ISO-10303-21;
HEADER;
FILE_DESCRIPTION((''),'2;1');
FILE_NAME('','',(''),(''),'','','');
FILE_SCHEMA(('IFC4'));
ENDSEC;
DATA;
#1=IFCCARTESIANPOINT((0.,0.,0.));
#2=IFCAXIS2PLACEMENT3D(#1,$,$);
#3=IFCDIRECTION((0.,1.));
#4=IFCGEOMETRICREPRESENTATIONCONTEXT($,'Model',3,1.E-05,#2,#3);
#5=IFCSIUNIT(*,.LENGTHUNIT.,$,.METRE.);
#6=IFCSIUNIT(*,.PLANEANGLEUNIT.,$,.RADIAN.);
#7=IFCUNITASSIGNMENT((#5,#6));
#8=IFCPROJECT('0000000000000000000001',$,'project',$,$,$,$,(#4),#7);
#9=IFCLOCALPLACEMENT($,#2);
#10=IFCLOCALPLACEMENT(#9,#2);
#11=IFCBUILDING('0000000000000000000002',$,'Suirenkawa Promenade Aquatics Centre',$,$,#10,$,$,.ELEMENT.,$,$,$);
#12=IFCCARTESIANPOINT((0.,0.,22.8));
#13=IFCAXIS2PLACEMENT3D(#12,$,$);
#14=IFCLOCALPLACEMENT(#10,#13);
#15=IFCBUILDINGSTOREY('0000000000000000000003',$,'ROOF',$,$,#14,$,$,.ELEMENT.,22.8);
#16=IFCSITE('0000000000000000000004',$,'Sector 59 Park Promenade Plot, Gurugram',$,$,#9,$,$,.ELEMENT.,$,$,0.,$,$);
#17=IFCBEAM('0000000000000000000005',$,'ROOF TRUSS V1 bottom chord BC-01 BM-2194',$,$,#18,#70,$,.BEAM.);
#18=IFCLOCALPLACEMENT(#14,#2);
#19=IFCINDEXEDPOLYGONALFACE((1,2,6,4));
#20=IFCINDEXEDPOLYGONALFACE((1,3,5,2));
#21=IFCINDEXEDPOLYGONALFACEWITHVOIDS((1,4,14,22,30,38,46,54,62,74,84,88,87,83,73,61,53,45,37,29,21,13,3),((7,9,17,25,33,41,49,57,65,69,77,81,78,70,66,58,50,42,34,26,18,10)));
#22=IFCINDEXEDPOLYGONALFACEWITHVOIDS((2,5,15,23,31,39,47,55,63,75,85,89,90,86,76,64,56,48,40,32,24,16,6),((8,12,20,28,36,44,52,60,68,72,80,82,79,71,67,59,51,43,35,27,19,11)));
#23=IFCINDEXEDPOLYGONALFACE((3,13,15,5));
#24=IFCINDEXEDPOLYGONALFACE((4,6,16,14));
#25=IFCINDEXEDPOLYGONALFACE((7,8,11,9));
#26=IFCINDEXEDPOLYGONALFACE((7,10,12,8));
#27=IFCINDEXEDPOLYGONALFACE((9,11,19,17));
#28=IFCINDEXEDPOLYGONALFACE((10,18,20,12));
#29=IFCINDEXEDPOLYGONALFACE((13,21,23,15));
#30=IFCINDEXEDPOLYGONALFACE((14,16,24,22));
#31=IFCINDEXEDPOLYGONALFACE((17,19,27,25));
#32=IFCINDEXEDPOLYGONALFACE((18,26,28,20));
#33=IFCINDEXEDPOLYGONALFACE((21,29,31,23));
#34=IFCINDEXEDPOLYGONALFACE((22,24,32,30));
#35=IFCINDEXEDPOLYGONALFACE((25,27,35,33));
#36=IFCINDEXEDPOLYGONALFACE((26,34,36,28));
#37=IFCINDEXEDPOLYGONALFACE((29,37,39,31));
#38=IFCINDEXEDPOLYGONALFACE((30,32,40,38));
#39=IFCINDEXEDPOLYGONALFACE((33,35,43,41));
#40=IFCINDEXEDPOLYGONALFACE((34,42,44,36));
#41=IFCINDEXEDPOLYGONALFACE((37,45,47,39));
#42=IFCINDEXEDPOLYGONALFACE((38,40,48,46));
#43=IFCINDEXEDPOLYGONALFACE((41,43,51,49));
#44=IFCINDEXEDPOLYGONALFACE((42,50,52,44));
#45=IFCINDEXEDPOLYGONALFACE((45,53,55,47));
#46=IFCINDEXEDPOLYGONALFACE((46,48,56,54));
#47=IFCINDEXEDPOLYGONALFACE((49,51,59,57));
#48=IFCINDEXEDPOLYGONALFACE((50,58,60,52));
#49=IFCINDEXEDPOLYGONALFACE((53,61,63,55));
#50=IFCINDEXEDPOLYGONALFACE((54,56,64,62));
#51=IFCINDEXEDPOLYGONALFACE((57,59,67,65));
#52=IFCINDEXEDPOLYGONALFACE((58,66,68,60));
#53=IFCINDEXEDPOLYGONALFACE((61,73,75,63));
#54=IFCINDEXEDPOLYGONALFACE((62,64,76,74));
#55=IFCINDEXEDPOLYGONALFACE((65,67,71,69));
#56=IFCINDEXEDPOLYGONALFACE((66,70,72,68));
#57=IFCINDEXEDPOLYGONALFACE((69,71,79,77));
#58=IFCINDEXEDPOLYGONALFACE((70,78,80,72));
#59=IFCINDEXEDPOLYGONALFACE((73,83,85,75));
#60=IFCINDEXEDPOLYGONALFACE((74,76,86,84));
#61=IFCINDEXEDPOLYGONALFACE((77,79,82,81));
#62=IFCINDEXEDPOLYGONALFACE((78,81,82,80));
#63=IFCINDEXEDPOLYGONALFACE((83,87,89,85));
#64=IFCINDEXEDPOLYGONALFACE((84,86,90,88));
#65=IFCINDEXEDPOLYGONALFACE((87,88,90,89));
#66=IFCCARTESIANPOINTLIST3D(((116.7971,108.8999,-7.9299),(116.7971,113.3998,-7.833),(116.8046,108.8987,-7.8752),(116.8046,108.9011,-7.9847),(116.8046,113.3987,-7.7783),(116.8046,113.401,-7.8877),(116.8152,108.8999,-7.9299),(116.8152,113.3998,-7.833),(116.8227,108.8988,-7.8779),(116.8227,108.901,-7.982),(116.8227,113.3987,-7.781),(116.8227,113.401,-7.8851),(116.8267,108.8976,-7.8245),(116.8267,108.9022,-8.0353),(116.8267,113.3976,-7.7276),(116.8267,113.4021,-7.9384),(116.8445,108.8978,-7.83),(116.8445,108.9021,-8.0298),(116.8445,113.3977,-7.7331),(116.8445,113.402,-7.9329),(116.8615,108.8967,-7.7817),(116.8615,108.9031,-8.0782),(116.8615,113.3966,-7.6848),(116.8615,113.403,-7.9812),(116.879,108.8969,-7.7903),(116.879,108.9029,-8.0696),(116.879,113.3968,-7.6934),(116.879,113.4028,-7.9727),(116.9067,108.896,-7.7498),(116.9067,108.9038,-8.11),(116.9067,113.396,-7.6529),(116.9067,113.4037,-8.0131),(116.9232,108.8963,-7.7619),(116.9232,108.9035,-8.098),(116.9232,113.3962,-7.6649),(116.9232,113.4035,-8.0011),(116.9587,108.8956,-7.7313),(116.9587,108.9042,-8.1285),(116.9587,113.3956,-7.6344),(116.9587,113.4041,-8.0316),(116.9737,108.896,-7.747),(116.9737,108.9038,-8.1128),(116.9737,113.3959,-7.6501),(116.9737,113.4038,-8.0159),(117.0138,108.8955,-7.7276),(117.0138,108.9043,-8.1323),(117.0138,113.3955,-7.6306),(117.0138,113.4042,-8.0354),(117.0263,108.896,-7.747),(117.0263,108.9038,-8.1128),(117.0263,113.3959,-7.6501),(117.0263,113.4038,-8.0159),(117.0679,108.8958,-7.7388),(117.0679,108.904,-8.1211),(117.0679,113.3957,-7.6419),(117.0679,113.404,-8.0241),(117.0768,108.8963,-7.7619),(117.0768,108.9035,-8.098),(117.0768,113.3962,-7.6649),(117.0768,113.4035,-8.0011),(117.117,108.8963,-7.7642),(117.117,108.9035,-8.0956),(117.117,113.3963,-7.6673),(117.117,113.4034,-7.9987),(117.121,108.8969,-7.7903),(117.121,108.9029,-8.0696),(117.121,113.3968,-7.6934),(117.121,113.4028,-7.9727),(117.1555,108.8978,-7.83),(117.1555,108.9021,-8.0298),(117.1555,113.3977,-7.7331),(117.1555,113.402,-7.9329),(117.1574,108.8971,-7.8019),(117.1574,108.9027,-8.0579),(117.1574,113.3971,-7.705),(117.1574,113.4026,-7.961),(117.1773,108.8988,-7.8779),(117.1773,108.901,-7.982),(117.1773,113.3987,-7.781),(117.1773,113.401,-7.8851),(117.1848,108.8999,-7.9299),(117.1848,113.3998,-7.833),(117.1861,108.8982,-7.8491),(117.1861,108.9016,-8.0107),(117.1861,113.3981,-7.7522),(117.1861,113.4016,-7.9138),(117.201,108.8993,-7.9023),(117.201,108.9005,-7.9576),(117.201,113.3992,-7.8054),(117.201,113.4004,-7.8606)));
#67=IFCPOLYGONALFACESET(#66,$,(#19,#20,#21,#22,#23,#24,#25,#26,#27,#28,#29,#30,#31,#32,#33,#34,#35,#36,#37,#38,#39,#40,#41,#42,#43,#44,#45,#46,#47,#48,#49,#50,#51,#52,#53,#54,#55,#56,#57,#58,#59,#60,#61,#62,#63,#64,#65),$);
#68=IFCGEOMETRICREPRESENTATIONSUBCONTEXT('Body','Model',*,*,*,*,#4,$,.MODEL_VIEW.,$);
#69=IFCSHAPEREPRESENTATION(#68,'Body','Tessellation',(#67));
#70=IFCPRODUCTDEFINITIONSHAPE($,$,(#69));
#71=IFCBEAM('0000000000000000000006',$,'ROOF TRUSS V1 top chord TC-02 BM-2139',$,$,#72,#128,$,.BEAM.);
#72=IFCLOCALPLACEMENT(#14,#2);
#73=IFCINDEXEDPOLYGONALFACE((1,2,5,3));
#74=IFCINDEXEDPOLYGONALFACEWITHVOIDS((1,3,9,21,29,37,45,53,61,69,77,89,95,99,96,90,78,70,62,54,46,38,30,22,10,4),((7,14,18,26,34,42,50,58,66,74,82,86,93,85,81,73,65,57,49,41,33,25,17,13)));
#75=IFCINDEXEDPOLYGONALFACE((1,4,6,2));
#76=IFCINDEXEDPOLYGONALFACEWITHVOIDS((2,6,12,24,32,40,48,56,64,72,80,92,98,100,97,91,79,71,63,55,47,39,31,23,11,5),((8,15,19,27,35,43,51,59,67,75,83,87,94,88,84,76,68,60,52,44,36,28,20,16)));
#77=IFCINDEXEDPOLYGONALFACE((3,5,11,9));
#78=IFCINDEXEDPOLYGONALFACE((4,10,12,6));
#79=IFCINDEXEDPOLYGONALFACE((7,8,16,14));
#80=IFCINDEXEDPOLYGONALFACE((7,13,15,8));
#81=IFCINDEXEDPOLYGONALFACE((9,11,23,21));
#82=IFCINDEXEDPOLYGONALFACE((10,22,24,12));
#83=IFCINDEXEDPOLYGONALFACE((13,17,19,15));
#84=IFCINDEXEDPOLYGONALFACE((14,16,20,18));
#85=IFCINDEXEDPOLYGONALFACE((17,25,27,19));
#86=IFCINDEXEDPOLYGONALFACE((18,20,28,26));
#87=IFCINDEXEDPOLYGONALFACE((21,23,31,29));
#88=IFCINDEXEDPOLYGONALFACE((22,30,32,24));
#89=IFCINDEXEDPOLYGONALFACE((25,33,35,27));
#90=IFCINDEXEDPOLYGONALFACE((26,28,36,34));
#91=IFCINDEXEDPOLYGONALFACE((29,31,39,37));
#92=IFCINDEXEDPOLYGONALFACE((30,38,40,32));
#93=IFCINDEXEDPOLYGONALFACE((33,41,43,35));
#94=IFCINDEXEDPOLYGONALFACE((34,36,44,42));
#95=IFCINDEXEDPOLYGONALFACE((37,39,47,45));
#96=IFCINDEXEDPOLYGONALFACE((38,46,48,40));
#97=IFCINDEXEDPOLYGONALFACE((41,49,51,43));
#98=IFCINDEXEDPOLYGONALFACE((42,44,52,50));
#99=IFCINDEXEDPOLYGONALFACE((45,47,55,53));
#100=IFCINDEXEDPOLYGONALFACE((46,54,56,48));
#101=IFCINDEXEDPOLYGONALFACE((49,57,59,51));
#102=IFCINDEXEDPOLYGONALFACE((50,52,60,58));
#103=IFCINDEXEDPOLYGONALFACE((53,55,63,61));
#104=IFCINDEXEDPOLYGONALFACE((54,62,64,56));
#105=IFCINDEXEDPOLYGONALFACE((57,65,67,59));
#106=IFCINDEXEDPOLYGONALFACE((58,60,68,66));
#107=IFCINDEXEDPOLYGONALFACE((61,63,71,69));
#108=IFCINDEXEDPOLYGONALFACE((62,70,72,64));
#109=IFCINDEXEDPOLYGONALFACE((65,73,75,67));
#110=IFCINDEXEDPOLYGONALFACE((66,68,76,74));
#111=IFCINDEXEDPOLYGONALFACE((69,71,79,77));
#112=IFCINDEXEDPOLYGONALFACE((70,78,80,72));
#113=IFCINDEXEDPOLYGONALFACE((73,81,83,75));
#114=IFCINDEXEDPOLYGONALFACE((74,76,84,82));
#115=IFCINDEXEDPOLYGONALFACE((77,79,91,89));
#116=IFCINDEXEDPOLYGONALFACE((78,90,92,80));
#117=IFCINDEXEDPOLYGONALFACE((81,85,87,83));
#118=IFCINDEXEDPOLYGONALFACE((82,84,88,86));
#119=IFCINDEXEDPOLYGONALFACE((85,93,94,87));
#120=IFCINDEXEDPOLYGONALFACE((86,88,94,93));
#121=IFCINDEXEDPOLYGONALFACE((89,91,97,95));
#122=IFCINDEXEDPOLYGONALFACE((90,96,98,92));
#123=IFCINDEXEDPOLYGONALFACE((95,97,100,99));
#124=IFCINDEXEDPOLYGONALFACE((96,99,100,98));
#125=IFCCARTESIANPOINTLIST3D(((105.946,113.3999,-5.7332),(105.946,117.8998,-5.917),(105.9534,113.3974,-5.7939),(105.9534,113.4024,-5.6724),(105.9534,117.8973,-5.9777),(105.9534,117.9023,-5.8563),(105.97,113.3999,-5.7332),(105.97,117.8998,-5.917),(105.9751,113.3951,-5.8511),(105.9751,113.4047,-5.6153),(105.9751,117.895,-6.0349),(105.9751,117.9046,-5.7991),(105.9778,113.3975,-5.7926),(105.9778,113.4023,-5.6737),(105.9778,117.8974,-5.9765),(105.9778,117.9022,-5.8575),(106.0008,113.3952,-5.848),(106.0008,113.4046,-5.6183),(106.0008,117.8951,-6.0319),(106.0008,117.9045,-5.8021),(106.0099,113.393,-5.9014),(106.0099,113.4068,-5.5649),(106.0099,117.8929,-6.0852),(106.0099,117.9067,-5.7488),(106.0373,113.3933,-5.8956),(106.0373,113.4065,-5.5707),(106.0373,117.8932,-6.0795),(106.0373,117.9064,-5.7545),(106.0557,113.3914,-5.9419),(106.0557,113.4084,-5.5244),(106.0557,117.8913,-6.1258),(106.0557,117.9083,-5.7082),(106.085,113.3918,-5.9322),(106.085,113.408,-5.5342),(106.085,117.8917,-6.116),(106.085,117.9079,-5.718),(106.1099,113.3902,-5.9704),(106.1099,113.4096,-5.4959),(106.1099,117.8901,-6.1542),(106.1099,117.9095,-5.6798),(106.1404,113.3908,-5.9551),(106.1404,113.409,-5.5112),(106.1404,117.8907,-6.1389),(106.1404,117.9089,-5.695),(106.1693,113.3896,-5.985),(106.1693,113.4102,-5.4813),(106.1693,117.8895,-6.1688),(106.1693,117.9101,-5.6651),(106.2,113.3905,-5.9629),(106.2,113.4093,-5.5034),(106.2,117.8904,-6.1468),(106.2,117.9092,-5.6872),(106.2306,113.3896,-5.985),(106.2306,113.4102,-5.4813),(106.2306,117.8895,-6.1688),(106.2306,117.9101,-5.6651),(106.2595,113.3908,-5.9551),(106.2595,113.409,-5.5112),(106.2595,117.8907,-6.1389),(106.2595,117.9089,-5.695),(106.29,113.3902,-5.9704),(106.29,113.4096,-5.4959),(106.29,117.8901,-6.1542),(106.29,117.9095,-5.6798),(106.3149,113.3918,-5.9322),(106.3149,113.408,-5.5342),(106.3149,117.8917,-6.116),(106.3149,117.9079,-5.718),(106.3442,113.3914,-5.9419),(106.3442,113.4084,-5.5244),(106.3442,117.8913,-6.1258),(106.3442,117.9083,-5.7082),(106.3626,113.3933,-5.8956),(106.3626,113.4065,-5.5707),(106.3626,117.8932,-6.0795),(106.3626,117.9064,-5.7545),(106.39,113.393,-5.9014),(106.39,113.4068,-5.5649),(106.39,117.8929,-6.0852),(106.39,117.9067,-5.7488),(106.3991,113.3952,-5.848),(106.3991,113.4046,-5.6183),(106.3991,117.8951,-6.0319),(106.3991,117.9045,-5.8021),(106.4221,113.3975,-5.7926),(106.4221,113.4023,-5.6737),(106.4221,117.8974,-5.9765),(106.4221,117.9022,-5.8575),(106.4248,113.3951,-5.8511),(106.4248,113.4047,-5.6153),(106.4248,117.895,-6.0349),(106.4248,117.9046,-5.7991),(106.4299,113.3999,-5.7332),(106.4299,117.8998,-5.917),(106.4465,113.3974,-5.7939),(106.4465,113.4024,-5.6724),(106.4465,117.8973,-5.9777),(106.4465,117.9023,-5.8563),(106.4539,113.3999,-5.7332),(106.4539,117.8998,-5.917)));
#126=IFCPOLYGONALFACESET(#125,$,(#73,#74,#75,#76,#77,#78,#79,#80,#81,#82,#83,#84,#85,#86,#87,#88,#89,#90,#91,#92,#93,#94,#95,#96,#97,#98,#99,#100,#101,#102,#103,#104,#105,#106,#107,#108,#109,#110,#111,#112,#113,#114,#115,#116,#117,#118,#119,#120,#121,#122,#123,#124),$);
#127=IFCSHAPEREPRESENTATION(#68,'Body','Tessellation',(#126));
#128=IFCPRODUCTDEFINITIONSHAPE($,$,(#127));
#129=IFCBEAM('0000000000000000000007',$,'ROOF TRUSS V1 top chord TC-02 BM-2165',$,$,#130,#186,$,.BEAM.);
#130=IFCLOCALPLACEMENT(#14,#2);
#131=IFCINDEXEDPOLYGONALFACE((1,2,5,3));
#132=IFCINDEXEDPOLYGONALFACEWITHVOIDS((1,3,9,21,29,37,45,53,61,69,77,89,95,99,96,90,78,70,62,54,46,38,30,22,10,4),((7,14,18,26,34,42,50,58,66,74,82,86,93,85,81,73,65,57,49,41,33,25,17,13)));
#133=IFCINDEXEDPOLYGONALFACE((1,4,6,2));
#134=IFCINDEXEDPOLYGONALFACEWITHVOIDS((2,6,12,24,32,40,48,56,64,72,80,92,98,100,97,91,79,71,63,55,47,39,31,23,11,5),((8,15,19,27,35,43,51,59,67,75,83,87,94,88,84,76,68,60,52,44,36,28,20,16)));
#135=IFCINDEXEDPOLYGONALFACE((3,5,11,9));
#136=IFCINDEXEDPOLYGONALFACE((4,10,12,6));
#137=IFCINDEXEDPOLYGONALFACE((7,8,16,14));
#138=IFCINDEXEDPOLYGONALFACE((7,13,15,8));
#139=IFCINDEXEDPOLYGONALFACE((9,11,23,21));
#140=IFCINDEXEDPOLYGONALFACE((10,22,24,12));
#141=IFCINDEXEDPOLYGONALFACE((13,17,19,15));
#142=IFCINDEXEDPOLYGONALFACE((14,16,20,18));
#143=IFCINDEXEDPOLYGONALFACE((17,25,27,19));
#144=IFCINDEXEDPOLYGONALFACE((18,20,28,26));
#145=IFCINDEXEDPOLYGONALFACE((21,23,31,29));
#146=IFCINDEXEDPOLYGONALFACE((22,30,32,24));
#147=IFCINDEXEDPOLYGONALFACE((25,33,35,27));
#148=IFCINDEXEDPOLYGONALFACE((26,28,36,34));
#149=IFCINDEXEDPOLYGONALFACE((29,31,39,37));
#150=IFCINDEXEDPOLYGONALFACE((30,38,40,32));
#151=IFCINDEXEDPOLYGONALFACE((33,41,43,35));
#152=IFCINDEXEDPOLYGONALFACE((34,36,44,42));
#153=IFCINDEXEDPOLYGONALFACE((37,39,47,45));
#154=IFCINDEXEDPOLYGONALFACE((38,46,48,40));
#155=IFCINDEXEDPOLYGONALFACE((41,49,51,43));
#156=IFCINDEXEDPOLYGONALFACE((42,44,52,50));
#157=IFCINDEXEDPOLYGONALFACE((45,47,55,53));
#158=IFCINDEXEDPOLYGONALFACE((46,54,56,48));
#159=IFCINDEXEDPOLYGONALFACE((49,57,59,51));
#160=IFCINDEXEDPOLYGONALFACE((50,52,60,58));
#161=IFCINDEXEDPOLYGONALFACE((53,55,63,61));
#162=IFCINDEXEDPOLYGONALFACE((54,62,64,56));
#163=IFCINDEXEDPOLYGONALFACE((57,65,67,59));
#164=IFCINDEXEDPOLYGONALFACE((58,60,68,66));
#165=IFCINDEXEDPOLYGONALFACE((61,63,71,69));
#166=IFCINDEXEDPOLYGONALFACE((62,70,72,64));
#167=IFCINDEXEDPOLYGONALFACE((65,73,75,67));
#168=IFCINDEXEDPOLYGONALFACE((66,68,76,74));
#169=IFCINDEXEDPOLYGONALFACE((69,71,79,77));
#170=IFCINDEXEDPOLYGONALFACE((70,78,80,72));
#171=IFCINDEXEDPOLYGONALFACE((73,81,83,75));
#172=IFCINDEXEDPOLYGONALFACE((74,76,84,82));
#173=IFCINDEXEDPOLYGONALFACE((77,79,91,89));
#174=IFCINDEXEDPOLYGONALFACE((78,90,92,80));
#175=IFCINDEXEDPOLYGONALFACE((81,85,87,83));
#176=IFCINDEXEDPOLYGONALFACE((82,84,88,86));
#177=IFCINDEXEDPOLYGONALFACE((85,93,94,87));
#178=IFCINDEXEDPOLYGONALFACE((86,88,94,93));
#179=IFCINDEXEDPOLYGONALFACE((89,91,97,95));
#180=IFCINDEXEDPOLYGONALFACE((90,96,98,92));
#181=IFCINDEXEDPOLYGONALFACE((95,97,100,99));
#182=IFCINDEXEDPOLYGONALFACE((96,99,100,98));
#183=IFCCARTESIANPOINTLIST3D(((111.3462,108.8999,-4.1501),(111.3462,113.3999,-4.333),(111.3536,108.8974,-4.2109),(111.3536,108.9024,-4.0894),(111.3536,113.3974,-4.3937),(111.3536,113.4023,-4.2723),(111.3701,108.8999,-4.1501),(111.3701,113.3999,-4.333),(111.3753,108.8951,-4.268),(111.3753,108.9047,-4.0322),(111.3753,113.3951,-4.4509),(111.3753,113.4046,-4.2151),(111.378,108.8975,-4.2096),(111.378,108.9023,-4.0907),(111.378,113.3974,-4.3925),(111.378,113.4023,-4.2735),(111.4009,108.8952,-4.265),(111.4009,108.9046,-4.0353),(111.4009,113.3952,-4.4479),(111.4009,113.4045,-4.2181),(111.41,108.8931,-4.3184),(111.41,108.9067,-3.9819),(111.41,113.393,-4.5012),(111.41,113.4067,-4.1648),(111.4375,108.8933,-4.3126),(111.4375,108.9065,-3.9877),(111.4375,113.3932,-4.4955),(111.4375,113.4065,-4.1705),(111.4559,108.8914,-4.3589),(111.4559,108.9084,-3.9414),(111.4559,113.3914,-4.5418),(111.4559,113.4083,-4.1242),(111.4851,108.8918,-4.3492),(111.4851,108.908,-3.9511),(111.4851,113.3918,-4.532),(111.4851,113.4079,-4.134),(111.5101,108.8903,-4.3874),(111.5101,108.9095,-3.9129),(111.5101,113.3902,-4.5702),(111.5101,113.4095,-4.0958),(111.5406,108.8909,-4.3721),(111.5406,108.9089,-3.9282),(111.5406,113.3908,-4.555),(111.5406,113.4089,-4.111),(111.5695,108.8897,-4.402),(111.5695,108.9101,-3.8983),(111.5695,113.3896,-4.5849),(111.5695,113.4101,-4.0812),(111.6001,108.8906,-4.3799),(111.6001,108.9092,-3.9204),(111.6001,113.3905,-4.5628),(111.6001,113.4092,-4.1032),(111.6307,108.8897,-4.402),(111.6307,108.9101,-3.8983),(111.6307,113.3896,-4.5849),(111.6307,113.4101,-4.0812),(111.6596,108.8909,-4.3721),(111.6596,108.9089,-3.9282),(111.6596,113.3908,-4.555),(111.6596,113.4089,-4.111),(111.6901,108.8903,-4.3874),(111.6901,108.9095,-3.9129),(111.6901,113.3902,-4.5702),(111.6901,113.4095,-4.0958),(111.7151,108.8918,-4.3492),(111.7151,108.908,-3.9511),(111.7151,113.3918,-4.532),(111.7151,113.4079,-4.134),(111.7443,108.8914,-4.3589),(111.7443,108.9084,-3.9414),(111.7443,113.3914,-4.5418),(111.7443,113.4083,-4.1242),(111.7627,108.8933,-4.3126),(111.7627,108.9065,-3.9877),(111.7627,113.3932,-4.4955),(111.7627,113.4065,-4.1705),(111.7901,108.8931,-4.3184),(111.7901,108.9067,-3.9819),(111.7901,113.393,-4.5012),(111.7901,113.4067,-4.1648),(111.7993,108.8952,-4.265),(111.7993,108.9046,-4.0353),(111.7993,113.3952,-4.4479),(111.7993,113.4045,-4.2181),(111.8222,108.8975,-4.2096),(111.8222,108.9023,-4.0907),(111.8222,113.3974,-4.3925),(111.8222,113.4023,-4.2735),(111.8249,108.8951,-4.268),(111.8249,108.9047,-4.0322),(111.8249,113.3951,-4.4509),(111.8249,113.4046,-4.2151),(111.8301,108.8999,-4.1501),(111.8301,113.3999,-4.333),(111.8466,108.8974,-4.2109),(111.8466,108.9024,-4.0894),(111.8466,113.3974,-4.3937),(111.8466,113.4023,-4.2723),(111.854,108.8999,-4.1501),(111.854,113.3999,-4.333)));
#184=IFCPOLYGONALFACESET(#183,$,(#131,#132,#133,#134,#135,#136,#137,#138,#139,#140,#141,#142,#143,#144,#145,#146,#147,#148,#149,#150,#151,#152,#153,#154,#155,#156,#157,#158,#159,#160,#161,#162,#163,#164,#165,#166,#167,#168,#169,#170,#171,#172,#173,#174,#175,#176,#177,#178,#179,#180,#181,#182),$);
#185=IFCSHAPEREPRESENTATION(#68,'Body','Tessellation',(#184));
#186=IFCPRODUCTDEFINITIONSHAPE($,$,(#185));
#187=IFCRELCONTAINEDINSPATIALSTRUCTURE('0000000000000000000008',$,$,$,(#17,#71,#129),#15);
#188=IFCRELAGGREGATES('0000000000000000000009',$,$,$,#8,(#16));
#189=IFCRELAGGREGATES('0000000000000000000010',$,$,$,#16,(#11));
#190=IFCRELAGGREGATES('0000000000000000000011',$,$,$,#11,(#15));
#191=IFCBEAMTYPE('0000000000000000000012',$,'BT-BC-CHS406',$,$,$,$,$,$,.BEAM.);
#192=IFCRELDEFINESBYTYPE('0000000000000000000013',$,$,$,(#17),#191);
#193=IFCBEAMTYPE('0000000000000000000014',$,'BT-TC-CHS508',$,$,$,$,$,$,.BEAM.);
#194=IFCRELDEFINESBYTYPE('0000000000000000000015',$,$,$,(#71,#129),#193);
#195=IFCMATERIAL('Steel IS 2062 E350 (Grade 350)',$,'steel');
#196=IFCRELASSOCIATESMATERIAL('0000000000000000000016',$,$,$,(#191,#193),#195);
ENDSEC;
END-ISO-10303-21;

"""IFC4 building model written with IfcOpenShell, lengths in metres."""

from ifc_helpers import new_model, si_unit, direction, frame, origin, origin_2d, place, context, subcontext, project, spatial, hollow_circle, extrude, material, material_profile, profile_set, type_object, element, save


model = new_model("IFC4")

# Units and contexts
model_context = context("Model", 3, precision=1e-05, world=origin(), true_north=direction((0.0, 1.0)))
body_context = subcontext(model_context, "Body", "Model", "MODEL_VIEW")
ifc_project = project(units=[si_unit("LENGTHUNIT", "METRE"), si_unit("PLANEANGLEUNIT", "RADIAN")], contexts=[model_context])

# Site, building, storey
site_placement = place(None, origin())
site = spatial("IfcSite", under=ifc_project, at=site_placement, Name="Sector 59 Park Promenade Plot, Gurugram", CompositionType="ELEMENT", RefElevation=0.0)
building_placement = place(site_placement, origin())
building = spatial("IfcBuilding", under=site, at=building_placement, Name="Suirenkawa Promenade Aquatics Centre", CompositionType="ELEMENT")
storey_placement = place(building_placement, frame((0.0, 0.0, 22.8)))
storey = spatial("IfcBuildingStorey", under=building, at=storey_placement, Name="ROOF", CompositionType="ELEMENT", Elevation=22.8)

# Beams
ifc_material = material(Name="Steel IS 2062 E350 (Grade 350)", Category="steel")
ifc_material_profile_1 = material_profile(ifc_material, hollow_circle(Radius=0.2029, WallThickness=0.0181, at=origin_2d()), Name="CHS 406x18", Category="steel")
ifc_profile_set_1 = profile_set([ifc_material_profile_1], Name="Steel IS 2062 E350 (Grade 350)")
beam_type_1 = type_object("IfcBeamType", Name="BT-BC-CHS406", PredefinedType="BEAM", material=ifc_profile_set_1)
beam_1_placement = place(storey_placement, frame((117.0, 108.8999, -7.9299), z_axis=(0.0, 0.999768, 0.021534), x_axis=(-1.0, 0.0, 0.0)))
element("IfcBeam", 1, at=beam_1_placement, inside=storey, type_object=beam_type_1, Name="ROOF TRUSS V1 bottom chord BC-01 BM-2194", PredefinedType="BEAM", context=body_context, shape_type="SweptSolid", body=[
    extrude(hollow_circle(Radius=0.2029, WallThickness=0.0181, at=origin_2d()), origin(), (0.0, 0.0, 1.0), 4.501),
])
ifc_material_profile_2 = material_profile(ifc_material, hollow_circle(Radius=0.2539, WallThickness=0.0239, at=origin_2d()), Name="CHS 508x24", Category="steel")
ifc_profile_set_2 = profile_set([ifc_material_profile_2], Name="Steel IS 2062 E350 (Grade 350)")
beam_type_2 = type_object("IfcBeamType", Name="BT-TC-CHS508", PredefinedType="BEAM", material=ifc_profile_set_2)
for number, where, z_axis, x_axis, name in (
    (2, (106.2, 113.3999, -5.7332), (0.0, 0.999167, -0.040819), (-1.0, 0.0, 0.0), "ROOF TRUSS V1 top chord TC-02 BM-2139"),
    (3, (111.6001, 108.8999, -4.1501), (0.0, 0.999175, -0.040602), (-1.0, 0.0, 0.0), "ROOF TRUSS V1 top chord TC-02 BM-2165"),
):
    element("IfcBeam", number, at=place(storey_placement, frame(where, z_axis=z_axis, x_axis=x_axis)), inside=storey, type_object=beam_type_2, Name=name, PredefinedType="BEAM", context=body_context, shape_type="SweptSolid", body=[
        extrude(hollow_circle(Radius=0.2539, WallThickness=0.0239, at=origin_2d()), origin(), (0.0, 0.0, 1.0), 4.5037),
    ])

save(model, "model.ifc")
